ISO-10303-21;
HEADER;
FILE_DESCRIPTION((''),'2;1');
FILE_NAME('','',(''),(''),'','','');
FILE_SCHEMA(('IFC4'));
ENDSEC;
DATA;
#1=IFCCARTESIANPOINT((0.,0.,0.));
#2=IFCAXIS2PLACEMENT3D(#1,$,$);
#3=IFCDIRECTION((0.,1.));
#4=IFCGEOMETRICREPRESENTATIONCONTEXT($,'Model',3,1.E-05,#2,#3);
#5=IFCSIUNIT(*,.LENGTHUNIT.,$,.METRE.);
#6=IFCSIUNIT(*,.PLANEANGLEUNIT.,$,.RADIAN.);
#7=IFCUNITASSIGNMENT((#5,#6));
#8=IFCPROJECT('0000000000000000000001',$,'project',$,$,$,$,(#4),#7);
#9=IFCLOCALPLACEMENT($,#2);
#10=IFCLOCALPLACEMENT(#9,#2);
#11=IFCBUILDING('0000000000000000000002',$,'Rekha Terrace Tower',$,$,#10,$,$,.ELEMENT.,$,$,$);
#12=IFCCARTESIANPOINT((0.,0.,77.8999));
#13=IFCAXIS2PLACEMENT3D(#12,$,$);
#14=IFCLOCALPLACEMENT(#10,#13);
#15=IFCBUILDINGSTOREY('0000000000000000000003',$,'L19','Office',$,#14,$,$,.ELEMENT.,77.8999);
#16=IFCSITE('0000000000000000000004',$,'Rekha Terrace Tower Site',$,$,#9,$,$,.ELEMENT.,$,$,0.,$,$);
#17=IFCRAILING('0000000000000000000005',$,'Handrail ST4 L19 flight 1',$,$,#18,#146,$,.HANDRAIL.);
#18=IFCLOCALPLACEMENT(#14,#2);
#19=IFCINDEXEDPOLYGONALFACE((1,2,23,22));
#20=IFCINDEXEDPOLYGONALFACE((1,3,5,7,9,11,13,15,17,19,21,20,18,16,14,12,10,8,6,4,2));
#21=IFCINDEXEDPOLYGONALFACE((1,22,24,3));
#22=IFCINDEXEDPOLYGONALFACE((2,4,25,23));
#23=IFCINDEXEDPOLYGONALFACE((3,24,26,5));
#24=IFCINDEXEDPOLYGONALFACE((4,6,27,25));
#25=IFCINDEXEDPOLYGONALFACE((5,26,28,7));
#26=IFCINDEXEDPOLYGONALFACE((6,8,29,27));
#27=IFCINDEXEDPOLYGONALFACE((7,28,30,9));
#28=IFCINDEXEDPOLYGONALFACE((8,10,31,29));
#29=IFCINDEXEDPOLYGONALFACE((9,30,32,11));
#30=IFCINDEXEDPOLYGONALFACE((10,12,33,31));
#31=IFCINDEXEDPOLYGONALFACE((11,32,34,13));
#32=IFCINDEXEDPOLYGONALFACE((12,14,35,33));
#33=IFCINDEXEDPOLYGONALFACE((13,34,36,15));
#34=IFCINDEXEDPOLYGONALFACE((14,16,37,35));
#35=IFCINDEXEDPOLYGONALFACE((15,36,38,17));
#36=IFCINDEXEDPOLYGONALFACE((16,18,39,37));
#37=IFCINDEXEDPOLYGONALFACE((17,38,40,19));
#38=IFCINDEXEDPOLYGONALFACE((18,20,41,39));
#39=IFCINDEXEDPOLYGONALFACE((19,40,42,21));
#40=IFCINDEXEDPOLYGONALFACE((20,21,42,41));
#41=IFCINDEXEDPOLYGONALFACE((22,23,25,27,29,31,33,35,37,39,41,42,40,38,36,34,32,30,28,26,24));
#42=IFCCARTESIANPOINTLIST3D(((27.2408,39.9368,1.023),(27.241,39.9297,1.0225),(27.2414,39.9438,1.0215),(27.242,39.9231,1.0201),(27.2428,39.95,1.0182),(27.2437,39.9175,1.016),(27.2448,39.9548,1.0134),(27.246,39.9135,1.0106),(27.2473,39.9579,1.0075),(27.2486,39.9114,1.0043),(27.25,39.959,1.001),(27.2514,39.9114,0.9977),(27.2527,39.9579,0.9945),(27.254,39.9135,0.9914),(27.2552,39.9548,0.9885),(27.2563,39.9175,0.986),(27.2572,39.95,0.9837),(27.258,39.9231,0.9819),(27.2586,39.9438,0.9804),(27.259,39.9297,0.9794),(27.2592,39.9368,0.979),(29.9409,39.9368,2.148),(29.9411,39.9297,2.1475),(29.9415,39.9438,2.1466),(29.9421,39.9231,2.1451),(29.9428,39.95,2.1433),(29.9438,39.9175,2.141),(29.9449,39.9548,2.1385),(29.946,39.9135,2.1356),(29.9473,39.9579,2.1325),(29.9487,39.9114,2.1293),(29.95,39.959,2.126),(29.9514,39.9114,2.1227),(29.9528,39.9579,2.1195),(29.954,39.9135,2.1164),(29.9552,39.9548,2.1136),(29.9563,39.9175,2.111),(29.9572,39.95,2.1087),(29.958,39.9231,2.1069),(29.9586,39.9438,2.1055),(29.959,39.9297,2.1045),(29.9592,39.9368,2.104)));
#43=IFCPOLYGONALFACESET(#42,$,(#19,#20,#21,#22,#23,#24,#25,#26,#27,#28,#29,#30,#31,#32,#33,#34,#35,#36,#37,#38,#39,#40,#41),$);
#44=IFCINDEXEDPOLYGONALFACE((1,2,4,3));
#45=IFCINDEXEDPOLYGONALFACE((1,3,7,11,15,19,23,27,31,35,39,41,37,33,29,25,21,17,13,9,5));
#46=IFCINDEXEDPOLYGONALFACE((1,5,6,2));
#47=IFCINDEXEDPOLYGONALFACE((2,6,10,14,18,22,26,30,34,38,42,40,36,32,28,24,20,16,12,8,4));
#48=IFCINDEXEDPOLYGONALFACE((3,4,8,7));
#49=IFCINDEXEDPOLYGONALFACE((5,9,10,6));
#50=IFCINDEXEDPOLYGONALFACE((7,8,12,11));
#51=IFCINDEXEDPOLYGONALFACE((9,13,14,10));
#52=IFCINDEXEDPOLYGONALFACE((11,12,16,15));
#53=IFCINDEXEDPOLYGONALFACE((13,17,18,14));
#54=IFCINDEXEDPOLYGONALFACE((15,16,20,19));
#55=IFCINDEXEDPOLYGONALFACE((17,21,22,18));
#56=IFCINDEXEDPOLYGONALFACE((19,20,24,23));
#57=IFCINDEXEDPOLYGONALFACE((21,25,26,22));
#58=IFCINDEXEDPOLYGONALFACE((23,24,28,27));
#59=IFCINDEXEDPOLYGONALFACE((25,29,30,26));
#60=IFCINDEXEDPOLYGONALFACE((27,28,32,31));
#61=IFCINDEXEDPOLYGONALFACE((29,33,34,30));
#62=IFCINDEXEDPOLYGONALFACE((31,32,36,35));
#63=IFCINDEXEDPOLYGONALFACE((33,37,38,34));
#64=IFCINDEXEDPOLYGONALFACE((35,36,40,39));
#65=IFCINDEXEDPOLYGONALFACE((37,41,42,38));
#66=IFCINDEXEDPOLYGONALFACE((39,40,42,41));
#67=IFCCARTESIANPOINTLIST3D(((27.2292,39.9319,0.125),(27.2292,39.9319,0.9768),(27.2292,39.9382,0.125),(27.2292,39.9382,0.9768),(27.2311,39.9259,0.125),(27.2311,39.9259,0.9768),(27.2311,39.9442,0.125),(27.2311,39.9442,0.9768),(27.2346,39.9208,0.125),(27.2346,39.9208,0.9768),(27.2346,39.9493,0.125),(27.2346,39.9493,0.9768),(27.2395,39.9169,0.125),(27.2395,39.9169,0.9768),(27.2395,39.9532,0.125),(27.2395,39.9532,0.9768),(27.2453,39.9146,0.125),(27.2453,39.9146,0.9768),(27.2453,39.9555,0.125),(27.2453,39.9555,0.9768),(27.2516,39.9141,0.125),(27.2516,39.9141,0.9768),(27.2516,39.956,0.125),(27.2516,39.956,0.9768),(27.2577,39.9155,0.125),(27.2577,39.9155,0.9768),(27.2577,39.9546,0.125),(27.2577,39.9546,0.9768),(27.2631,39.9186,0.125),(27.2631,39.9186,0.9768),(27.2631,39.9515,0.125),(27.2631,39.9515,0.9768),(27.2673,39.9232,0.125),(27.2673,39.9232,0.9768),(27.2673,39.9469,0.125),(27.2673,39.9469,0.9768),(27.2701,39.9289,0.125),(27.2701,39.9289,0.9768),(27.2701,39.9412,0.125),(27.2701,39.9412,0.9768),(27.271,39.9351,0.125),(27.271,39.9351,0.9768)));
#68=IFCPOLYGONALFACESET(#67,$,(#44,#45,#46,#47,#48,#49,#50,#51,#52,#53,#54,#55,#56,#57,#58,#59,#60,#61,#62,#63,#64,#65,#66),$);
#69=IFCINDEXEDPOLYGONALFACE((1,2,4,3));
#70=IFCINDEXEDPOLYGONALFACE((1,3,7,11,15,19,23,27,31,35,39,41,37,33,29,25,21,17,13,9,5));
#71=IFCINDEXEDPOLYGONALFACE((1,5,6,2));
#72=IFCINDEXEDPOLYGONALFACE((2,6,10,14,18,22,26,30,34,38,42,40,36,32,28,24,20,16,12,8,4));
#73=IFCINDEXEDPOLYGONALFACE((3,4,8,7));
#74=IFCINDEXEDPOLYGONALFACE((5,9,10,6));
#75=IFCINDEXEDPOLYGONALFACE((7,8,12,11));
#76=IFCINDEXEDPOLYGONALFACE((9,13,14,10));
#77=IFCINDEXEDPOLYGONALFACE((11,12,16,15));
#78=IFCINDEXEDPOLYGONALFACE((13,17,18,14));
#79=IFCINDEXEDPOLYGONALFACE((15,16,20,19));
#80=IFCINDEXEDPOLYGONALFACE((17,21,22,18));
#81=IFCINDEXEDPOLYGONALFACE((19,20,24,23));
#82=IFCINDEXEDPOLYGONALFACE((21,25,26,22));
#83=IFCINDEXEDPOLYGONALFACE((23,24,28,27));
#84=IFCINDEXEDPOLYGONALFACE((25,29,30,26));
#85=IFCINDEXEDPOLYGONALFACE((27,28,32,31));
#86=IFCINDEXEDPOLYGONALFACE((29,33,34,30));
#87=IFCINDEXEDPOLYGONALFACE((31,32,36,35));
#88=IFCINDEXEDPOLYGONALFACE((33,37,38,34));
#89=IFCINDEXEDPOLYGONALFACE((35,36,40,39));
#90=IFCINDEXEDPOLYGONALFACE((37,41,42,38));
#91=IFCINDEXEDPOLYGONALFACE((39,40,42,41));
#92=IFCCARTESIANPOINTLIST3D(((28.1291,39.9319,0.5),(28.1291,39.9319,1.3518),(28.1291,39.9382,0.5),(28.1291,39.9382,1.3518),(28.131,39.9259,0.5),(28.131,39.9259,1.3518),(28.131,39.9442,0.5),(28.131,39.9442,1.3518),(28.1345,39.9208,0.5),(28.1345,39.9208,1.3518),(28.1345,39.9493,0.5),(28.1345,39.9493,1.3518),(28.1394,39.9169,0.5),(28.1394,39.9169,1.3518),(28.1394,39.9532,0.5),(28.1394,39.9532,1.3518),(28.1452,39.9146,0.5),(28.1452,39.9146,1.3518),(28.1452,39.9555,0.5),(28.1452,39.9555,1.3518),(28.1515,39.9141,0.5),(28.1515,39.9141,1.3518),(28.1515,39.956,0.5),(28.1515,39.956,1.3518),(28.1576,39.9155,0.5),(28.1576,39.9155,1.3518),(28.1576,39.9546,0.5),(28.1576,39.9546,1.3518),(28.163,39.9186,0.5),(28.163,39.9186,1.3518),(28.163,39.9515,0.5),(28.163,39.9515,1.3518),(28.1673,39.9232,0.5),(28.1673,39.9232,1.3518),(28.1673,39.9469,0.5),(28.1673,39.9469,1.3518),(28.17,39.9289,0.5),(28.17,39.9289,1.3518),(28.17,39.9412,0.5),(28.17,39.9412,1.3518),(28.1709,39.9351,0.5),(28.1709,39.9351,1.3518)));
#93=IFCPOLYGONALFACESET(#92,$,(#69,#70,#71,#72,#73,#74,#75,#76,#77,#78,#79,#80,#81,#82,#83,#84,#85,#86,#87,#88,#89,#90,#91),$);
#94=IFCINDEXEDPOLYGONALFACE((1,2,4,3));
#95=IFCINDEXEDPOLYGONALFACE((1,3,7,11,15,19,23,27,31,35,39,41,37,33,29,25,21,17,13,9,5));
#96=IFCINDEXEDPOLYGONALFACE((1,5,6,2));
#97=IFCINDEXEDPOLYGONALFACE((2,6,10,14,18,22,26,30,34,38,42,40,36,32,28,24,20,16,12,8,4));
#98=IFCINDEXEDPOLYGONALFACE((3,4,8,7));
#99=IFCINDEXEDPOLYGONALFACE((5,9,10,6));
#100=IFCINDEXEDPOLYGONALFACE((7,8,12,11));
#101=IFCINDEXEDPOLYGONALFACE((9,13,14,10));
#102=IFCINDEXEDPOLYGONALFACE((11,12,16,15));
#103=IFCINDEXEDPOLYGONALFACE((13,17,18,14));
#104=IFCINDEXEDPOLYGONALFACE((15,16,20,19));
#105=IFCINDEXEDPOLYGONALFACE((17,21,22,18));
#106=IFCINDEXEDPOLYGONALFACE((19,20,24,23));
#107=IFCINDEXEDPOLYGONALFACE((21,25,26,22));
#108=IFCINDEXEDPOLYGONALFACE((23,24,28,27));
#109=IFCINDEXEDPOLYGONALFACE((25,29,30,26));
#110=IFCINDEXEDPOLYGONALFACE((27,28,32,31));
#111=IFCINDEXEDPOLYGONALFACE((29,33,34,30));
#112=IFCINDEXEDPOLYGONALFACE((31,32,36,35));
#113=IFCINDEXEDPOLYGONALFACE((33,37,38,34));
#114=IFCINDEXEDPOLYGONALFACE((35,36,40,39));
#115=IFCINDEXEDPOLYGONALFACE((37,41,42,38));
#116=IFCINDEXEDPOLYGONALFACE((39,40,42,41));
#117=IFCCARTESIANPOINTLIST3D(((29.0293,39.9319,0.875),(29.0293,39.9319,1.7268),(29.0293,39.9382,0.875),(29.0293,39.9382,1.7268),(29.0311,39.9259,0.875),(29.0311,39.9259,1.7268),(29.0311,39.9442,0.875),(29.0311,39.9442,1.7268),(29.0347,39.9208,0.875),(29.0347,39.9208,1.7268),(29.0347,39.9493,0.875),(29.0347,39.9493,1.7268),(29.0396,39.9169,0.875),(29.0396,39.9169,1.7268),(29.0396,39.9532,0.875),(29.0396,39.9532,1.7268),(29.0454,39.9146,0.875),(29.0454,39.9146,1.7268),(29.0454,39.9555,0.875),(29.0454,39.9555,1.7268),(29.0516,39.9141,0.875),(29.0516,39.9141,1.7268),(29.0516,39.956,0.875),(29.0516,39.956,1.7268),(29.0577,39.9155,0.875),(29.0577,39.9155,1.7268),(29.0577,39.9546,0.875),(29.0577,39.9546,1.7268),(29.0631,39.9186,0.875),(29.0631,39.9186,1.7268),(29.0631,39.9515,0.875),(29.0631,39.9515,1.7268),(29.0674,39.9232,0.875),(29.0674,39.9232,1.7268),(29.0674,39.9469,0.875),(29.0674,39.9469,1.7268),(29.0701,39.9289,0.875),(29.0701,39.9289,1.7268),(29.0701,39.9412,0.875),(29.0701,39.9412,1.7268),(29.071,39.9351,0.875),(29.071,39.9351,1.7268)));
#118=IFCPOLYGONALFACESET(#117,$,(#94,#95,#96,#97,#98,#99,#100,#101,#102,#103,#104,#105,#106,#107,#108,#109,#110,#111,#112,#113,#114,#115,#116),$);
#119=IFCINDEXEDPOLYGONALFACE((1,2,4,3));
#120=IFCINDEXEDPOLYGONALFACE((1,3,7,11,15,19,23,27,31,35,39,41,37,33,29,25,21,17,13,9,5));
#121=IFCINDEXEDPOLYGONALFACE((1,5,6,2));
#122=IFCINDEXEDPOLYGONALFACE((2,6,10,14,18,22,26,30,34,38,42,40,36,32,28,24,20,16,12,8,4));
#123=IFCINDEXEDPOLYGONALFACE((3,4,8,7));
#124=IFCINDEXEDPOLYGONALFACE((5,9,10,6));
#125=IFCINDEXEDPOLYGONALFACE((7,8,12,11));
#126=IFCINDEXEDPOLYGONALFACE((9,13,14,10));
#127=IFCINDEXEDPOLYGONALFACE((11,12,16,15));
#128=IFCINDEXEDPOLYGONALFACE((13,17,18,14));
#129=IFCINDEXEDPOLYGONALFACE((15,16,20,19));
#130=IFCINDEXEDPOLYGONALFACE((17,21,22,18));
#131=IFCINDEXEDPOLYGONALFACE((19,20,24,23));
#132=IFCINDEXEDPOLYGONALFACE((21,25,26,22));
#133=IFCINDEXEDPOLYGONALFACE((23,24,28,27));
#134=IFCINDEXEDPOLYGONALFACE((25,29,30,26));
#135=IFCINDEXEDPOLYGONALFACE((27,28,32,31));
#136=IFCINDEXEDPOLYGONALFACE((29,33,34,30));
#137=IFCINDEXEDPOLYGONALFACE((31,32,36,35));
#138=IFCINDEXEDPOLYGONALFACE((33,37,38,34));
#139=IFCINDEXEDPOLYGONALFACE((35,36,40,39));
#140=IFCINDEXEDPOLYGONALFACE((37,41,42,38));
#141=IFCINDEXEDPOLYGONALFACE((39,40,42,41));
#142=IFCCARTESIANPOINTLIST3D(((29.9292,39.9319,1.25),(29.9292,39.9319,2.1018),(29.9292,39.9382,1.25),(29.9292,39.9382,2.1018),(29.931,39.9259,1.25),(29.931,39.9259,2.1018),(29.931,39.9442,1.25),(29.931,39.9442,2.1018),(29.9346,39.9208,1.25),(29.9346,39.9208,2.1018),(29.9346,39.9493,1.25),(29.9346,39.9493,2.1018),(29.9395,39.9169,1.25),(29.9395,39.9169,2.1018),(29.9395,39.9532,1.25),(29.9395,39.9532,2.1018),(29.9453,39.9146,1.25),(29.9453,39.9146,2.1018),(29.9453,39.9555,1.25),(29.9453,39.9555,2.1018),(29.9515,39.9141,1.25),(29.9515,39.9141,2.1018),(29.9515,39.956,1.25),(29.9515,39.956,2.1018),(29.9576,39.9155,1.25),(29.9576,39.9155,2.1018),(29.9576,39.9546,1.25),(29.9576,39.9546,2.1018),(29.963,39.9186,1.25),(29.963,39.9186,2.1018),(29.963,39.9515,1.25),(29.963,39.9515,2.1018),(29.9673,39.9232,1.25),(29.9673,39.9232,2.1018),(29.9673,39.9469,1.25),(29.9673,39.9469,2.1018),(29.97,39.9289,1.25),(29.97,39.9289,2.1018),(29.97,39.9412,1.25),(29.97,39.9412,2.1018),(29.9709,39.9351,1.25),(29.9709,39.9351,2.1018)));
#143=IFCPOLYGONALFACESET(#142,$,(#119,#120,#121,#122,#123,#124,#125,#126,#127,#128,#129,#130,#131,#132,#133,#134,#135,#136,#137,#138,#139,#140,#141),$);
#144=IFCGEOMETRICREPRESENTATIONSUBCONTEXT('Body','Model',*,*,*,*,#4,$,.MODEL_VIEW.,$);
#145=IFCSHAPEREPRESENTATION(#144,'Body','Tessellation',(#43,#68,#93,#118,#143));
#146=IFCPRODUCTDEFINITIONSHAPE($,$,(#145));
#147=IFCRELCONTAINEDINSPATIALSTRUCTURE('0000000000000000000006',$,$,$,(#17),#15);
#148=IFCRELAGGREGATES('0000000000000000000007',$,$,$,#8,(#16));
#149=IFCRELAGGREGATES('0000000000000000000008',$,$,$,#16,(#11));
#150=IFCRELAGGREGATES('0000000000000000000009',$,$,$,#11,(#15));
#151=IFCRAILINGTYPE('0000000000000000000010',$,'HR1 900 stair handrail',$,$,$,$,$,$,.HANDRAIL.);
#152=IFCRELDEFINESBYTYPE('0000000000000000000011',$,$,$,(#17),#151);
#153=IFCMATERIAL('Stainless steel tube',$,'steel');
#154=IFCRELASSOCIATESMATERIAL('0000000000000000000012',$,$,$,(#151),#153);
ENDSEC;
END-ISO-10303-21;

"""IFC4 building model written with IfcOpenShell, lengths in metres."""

from ifc_helpers import new_model, si_unit, direction, frame, origin, origin_2d, place, context, subcontext, project, spatial, circle, extrude, material, type_object, element, save


model = new_model("IFC4")

# Units and contexts
model_context = context("Model", 3, precision=1e-05, world=origin(), true_north=direction((0.0, 1.0)))
body_context = subcontext(model_context, "Body", "Model", "MODEL_VIEW")
ifc_project = project(units=[si_unit("LENGTHUNIT", "METRE"), si_unit("PLANEANGLEUNIT", "RADIAN")], contexts=[model_context])

# Site, building, storey
site_placement = place(None, origin())
site = spatial("IfcSite", under=ifc_project, at=site_placement, Name="Rekha Terrace Tower Site", CompositionType="ELEMENT", RefElevation=0.0)
building_placement = place(site_placement, origin())
building = spatial("IfcBuilding", under=site, at=building_placement, Name="Rekha Terrace Tower", CompositionType="ELEMENT")
storey_placement = place(building_placement, frame((0.0, 0.0, 77.8999)))
storey = spatial("IfcBuildingStorey", under=building, at=storey_placement, Name="L19", Description="Office", CompositionType="ELEMENT", Elevation=77.8999)

# Railing
ifc_material_1 = material(Name="Stainless steel tube", Category="steel")
railing_type_1 = type_object("IfcRailingType", Name="HR1 900 stair handrail", PredefinedType="HANDRAIL", material=ifc_material_1)
railing_1_placement = place(storey_placement, frame((27.25, 39.9351, 0.125)))
element("IfcRailing", 1, at=railing_1_placement, inside=storey, type_object=railing_type_1, Name="Handrail ST4 L19 flight 1", PredefinedType="HANDRAIL", context=body_context, shape_type="SweptSolid", body=[
    extrude(circle(Radius=0.0239, at=origin_2d()), frame((0.0, 0.0, 0.876), z_axis=(0.923074, 0.0, 0.384621), x_axis=(0.0, 1.0, 0.0)), (0.0, 0.0, 1.0), 2.925),
    extrude(circle(Radius=0.021, at=origin_2d()), origin(), (0.0, 0.0, 1.0), 0.8518),
    extrude(circle(Radius=0.021, at=origin_2d()), frame((0.8999, 0.0, 0.375)), (0.0, 0.0, 1.0), 0.8518),
    extrude(circle(Radius=0.021, at=origin_2d()), frame((1.8, 0.0, 0.75)), (0.0, 0.0, 1.0), 0.8518),
    extrude(circle(Radius=0.021, at=origin_2d()), frame((2.7, 0.0, 1.125)), (0.0, 0.0, 1.0), 0.8518),
])

save(model, "model.ifc")
